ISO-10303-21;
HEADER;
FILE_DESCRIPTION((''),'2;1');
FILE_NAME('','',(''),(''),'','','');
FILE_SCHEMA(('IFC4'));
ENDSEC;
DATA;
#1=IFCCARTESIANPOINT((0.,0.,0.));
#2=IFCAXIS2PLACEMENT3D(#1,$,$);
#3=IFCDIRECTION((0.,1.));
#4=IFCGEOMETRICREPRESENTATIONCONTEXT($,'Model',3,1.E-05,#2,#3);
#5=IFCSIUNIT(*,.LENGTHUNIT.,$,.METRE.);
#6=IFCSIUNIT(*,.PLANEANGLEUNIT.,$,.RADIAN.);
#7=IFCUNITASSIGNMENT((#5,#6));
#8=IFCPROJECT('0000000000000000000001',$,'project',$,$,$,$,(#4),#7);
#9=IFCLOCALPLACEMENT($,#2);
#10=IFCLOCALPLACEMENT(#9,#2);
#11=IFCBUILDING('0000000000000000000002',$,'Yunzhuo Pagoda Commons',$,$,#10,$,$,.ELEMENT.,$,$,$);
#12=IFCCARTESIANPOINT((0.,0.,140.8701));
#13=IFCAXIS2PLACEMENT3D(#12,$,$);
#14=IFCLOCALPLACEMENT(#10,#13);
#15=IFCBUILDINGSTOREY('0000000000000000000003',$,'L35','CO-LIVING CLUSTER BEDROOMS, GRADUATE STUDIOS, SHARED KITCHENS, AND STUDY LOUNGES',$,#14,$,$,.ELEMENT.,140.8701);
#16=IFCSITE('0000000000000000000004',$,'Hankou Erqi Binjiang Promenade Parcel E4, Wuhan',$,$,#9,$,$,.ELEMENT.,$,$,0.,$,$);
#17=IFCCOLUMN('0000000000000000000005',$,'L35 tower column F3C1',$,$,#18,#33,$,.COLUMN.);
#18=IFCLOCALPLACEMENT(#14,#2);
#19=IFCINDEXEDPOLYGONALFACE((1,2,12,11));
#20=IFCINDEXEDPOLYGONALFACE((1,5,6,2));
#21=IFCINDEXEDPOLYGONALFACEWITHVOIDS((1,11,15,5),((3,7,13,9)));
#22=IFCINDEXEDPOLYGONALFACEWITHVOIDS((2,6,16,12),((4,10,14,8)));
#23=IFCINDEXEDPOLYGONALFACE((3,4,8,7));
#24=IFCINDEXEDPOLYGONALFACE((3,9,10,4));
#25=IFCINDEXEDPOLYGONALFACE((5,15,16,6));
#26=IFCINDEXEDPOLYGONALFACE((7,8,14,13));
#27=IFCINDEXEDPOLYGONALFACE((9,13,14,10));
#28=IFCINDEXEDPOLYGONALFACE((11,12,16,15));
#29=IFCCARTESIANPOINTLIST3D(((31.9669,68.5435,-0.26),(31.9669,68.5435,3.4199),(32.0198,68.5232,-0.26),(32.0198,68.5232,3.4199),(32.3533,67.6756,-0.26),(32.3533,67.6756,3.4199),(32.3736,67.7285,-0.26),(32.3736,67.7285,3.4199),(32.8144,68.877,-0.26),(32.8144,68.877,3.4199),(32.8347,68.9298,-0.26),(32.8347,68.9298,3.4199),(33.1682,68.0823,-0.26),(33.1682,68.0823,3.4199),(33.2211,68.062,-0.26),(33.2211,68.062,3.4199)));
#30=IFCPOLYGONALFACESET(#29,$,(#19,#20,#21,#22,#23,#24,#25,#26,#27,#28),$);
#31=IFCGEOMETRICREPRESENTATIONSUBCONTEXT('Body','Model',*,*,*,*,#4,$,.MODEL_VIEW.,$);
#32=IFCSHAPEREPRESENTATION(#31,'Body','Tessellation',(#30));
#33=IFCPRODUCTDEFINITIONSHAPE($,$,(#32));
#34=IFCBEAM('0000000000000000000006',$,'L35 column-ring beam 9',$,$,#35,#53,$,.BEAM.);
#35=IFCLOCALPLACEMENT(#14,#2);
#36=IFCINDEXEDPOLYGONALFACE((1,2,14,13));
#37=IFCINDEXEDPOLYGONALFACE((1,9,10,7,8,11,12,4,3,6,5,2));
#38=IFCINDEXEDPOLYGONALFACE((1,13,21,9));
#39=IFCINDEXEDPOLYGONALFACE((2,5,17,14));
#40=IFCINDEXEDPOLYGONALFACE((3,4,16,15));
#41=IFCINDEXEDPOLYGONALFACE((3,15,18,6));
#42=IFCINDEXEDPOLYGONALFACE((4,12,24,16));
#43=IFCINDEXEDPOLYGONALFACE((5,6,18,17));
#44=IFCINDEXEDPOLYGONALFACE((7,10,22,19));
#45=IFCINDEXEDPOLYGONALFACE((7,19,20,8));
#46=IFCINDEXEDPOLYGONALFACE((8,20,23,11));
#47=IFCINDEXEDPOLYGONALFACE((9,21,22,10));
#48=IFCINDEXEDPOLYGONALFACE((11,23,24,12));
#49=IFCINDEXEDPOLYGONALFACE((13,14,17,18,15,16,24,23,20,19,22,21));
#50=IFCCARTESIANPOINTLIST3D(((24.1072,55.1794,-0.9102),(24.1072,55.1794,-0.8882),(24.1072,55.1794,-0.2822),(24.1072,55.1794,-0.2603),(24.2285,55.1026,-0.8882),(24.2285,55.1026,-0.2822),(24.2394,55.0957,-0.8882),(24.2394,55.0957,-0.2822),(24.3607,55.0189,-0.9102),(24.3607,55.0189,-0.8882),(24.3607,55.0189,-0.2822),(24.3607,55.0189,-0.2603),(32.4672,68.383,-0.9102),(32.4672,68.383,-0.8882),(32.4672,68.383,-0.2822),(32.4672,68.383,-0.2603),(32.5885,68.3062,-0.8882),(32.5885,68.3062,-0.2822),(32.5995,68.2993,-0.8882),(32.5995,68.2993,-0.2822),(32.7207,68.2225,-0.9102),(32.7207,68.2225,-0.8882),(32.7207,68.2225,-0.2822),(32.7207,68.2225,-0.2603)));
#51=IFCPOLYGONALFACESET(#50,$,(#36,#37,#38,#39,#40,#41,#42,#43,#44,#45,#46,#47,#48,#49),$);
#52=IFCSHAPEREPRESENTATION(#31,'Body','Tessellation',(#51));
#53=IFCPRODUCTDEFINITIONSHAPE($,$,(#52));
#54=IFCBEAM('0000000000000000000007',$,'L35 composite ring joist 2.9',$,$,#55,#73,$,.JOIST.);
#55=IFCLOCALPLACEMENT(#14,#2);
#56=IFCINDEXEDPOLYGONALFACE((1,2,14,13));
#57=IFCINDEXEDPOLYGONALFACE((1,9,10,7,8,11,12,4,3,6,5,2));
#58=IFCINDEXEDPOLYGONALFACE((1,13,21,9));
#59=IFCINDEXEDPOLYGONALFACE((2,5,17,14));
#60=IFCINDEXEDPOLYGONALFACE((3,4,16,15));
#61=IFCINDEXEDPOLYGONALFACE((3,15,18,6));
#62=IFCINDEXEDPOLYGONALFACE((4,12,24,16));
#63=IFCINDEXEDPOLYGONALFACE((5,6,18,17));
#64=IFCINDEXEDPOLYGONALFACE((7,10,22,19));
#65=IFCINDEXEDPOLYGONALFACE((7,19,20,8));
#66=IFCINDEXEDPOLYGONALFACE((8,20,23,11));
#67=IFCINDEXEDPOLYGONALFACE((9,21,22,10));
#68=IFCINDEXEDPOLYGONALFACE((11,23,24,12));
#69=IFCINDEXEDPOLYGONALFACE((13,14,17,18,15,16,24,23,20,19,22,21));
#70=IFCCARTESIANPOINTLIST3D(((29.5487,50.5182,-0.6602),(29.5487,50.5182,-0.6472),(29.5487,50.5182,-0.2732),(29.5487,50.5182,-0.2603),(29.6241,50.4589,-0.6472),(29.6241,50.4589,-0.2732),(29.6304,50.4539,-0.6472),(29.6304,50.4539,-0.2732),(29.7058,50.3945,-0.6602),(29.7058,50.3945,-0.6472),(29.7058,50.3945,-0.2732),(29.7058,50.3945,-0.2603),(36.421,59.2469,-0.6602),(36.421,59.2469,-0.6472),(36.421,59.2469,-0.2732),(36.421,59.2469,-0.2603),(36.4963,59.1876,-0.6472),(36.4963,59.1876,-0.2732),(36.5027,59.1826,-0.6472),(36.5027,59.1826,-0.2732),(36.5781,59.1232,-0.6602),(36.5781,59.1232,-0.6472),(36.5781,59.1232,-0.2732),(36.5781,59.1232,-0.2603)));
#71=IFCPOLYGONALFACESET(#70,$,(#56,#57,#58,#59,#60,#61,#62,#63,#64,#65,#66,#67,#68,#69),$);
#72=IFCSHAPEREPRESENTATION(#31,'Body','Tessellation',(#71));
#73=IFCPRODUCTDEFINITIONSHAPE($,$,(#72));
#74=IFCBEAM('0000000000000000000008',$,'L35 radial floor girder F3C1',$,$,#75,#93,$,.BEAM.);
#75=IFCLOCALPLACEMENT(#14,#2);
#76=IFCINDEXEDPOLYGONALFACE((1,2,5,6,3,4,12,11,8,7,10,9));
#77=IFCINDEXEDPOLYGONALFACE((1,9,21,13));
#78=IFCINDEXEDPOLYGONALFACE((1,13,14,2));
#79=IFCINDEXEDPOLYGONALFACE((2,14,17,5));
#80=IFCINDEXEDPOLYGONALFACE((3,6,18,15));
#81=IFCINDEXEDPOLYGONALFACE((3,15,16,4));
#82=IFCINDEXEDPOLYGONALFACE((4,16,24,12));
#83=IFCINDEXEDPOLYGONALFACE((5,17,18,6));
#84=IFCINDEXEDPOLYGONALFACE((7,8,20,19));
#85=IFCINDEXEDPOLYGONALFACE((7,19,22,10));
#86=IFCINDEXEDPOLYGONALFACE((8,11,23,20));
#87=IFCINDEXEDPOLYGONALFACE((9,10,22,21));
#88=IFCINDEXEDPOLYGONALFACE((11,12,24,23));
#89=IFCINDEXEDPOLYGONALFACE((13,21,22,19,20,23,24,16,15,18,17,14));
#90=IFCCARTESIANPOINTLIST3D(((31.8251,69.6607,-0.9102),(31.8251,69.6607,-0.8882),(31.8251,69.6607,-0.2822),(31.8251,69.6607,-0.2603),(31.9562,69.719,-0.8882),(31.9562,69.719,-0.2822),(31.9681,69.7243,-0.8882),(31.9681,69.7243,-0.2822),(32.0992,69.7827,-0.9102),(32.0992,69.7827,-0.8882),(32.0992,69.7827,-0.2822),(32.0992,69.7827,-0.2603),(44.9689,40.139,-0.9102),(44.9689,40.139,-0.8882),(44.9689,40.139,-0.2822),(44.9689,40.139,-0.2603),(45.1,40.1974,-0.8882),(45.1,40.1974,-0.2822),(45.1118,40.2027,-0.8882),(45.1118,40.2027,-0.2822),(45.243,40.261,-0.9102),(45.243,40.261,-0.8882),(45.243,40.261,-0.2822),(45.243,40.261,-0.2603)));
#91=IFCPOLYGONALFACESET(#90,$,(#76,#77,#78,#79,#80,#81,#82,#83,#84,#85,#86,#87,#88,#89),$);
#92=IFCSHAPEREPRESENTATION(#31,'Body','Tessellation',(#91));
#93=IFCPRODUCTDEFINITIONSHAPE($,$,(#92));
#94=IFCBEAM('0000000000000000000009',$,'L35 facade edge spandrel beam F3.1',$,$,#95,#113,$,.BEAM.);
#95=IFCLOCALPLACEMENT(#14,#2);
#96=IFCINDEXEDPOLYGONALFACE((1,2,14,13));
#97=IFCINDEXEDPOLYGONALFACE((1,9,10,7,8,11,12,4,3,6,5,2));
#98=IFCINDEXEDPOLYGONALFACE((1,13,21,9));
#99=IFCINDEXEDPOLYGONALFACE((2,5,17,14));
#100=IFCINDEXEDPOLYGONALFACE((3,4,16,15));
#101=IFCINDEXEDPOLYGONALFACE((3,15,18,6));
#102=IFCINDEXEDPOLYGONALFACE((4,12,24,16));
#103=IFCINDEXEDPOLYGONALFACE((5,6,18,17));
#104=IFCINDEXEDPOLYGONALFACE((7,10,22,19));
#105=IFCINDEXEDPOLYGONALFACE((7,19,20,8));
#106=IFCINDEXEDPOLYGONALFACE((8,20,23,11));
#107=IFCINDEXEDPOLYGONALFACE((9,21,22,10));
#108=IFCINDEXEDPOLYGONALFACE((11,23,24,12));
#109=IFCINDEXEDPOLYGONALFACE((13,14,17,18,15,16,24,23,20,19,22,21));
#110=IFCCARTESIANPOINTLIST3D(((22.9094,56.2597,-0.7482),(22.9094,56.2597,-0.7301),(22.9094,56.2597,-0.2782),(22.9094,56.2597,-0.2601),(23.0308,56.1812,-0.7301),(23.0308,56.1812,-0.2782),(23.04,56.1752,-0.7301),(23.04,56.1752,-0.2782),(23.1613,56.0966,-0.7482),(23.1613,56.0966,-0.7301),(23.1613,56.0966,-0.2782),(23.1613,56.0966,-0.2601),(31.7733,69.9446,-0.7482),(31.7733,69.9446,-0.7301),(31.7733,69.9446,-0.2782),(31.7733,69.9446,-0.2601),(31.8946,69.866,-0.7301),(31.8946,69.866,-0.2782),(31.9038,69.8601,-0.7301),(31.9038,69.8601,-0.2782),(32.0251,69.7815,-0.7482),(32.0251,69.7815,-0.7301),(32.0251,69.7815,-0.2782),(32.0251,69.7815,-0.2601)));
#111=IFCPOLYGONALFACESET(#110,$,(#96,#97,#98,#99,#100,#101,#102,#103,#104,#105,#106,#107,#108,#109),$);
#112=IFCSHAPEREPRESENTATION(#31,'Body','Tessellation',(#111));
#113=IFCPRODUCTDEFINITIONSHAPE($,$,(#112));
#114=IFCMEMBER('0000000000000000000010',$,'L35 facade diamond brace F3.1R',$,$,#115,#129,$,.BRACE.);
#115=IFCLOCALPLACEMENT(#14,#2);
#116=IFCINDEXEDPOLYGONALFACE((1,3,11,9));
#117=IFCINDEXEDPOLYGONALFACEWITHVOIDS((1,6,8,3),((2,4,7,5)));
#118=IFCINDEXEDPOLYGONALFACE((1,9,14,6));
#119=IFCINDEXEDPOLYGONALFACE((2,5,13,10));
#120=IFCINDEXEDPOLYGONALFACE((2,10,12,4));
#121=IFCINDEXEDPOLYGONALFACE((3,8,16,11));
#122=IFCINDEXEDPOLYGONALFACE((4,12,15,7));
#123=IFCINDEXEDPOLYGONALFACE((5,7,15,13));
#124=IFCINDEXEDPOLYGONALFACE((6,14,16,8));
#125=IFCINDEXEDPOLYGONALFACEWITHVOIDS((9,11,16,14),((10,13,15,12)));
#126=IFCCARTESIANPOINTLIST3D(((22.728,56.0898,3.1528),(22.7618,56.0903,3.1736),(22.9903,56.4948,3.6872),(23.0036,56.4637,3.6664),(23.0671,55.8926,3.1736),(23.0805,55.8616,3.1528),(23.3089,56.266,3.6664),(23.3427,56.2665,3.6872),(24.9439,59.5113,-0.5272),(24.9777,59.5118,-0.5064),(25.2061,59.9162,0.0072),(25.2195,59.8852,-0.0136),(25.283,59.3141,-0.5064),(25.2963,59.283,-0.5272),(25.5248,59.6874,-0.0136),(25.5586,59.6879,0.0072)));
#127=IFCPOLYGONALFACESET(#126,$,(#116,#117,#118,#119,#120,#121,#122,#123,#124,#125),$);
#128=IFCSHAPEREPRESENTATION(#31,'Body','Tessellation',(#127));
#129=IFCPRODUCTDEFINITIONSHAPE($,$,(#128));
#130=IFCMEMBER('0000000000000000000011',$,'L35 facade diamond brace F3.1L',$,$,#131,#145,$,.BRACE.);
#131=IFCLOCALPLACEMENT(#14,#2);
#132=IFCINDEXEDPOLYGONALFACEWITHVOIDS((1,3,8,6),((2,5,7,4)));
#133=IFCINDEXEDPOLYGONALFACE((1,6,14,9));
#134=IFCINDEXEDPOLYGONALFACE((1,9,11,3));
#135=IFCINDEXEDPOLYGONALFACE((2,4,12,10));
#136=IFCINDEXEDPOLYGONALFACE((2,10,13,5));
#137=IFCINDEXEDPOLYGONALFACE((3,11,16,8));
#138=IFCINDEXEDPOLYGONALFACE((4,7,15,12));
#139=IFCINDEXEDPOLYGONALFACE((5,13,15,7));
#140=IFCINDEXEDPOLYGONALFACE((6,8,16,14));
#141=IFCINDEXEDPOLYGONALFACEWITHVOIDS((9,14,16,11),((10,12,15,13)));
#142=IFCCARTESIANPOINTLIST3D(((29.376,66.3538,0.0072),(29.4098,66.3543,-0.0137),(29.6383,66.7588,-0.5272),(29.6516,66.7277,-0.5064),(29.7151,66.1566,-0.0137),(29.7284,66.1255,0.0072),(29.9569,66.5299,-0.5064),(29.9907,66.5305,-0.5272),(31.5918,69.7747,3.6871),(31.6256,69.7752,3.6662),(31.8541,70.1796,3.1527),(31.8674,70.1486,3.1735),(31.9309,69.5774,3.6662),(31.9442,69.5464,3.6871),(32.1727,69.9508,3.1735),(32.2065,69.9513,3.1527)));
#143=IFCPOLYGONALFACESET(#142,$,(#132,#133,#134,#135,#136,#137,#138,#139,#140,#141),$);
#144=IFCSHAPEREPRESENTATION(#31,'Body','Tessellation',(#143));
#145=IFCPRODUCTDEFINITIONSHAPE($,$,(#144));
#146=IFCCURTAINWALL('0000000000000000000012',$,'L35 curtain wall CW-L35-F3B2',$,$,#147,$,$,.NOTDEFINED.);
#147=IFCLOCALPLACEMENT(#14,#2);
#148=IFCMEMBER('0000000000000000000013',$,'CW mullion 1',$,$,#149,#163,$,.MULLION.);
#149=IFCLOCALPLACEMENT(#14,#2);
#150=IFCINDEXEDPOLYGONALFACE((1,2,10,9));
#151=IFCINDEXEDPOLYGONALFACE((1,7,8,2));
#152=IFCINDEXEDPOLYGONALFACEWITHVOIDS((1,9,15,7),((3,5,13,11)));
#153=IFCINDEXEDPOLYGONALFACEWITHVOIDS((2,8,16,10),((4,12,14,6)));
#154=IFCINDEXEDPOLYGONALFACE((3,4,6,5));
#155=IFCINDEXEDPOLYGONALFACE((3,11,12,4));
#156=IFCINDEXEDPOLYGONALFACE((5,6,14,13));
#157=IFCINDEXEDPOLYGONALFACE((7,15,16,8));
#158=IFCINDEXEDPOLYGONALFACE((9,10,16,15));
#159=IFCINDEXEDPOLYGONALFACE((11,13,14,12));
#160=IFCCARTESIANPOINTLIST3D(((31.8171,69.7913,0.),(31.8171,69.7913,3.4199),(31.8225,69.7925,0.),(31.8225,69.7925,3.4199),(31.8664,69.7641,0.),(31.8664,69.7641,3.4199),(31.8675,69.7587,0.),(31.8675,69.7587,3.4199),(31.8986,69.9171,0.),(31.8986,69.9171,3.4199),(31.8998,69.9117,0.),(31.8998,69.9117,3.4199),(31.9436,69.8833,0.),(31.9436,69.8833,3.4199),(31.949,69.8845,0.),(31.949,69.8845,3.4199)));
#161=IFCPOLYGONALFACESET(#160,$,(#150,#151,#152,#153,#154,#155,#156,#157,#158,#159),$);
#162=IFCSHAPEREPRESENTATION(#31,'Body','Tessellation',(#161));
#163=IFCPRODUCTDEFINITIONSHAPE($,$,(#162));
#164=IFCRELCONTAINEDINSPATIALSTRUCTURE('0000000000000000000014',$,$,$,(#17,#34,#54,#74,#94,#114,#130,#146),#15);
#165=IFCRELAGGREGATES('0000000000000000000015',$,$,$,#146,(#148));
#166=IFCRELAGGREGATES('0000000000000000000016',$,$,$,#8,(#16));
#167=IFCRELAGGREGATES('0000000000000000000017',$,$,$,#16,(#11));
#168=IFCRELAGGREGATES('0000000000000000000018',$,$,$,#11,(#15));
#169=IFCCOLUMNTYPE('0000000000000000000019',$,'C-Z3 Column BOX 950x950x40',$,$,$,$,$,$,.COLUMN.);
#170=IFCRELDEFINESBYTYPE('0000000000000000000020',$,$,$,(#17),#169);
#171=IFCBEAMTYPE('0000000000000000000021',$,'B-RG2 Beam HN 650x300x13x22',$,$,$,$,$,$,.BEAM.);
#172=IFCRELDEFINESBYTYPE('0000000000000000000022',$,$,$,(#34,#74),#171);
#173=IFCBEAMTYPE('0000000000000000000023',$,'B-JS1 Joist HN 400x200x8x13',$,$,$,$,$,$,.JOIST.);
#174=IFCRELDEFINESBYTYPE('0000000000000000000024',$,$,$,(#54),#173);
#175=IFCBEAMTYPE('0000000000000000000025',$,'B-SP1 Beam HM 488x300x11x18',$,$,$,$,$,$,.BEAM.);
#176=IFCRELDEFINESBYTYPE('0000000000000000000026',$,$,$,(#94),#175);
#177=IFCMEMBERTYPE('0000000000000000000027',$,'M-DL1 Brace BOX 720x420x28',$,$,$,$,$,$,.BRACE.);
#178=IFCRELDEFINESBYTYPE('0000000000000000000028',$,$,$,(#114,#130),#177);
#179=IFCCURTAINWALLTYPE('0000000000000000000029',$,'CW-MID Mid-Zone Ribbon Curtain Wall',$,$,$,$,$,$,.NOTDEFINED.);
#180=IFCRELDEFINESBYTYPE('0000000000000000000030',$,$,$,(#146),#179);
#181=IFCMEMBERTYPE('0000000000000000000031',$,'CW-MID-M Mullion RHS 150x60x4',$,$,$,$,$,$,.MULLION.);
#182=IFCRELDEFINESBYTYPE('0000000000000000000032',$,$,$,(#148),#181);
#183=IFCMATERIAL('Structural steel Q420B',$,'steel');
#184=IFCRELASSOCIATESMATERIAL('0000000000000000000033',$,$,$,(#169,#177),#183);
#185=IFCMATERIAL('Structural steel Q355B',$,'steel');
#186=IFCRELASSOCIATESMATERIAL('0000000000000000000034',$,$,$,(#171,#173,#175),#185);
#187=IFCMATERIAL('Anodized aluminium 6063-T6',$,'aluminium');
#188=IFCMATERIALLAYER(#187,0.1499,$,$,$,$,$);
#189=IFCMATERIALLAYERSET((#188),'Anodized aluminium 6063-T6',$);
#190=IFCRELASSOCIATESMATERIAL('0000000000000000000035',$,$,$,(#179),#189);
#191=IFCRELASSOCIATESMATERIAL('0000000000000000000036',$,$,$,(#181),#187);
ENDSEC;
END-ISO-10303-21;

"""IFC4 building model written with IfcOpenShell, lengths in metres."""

from ifc_helpers import new_model, si_unit, direction, frame, origin, origin_2d, place, context, subcontext, project, spatial, hollow_rectangle, i_section, extrude, source, transform, mapped, material, layer, layer_set, material_profile, profile_set, type_object, element, aggregate, save


model = new_model("IFC4")

# Units and contexts
model_context = context("Model", 3, precision=1e-05, world=origin(), true_north=direction((0.0, 1.0)))
body_context = subcontext(model_context, "Body", "Model", "MODEL_VIEW")
ifc_project = project(units=[si_unit("LENGTHUNIT", "METRE"), si_unit("PLANEANGLEUNIT", "RADIAN")], contexts=[model_context])

# Site, building, storey
site_placement = place(None, origin())
site = spatial("IfcSite", under=ifc_project, at=site_placement, Name="Hankou Erqi Binjiang Promenade Parcel E4, Wuhan", CompositionType="ELEMENT", RefElevation=0.0)
building_placement = place(site_placement, origin())
building = spatial("IfcBuilding", under=site, at=building_placement, Name="Yunzhuo Pagoda Commons", CompositionType="ELEMENT")
storey_placement = place(building_placement, frame((0.0, 0.0, 140.8701)))
storey = spatial("IfcBuildingStorey", under=building, at=storey_placement, Name="L35", Description="CO-LIVING CLUSTER BEDROOMS, GRADUATE STUDIOS, SHARED KITCHENS, AND STUDY LOUNGES", CompositionType="ELEMENT", Elevation=140.8701)

# Column
ifc_material_1 = material(Name="Structural steel Q420B", Category="steel")
ifc_material_profile_1 = material_profile(ifc_material_1, hollow_rectangle(XDim=0.95, YDim=0.95, WallThickness=0.04, at=origin_2d()), Name="Structural steel Q420B")
ifc_profile_set_1 = profile_set([ifc_material_profile_1], Name="Structural steel Q420B")
column_type = type_object("IfcColumnType", Name="C-Z3 Column BOX 950x950x40", PredefinedType="COLUMN", material=ifc_profile_set_1)
shared_shape_1 = source(origin(), body_context, "Body", "SweptSolid", [
    extrude(hollow_rectangle(XDim=0.95, YDim=0.95, WallThickness=0.04, at=origin_2d()), origin(), (0.0, 0.0, 1.0), 3.6799),
])
column_placement = place(storey_placement, frame((32.594, 68.3027, -0.26), z_axis=(0.0, 0.0, 1.0), x_axis=(-0.913545, -0.406737, 0.0)))
element("IfcColumn", 1, at=column_placement, inside=storey, type_object=column_type, Name="L35 tower column F3C1", PredefinedType="COLUMN", context=body_context, shape_type="MappedRepresentation", body=[
    mapped(shared_shape_1, transform((0.0, 0.0, 0.0), scale=1.0)),
])

# Beams
ifc_material_2 = material(Name="Structural steel Q355B", Category="steel")
ifc_material_profile_2 = material_profile(ifc_material_2, i_section(OverallWidth=0.3, OverallDepth=0.6499, WebThickness=0.0129, FlangeThickness=0.022, at=origin_2d()), Name="Structural steel Q355B")
ifc_profile_set_2 = profile_set([ifc_material_profile_2], Name="Structural steel Q355B")
beam_type_1 = type_object("IfcBeamType", Name="B-RG2 Beam HN 650x300x13x22", PredefinedType="BEAM", material=ifc_profile_set_2)
shared_shape_2 = source(origin(), body_context, "Body", "SweptSolid", [
    extrude(i_section(OverallWidth=0.3, OverallDepth=0.6499, WebThickness=0.0129, FlangeThickness=0.022, at=origin_2d()), origin(), (0.0, 0.0, 1.0), 15.6277),
])
beam_1_placement = place(storey_placement, frame((32.594, 68.3027, -0.5852), z_axis=(-0.534952, -0.844882, 0.0), x_axis=(0.844882, -0.534952, 0.0)))
element("IfcBeam", 2, at=beam_1_placement, inside=storey, type_object=beam_type_1, Name="L35 column-ring beam 9", PredefinedType="BEAM", context=body_context, shape_type="MappedRepresentation", body=[
    mapped(shared_shape_2, transform((0.0, 0.0, 0.0), scale=1.0)),
])
ifc_material_profile_3 = material_profile(ifc_material_2, i_section(OverallWidth=0.2, OverallDepth=0.3999, WebThickness=0.0081, FlangeThickness=0.0129, at=origin_2d()), Name="Structural steel Q355B")
ifc_profile_set_3 = profile_set([ifc_material_profile_3], Name="Structural steel Q355B")
beam_type_2 = type_object("IfcBeamType", Name="B-JS1 Joist HN 400x200x8x13", PredefinedType="JOIST", material=ifc_profile_set_3)
shared_shape_3 = source(origin(), body_context, "Body", "SweptSolid", [
    extrude(i_section(OverallWidth=0.2, OverallDepth=0.3999, WebThickness=0.0081, FlangeThickness=0.0129, at=origin_2d()), origin(), (0.0, 0.0, 1.0), 11.1094),
])
beam_2_placement = place(storey_placement, frame((36.4995, 59.1851, -0.4602), z_axis=(-0.618601, -0.785706, 0.0), x_axis=(0.785706, -0.618601, 0.0)))
element("IfcBeam", 3, at=beam_2_placement, inside=storey, type_object=beam_type_2, Name="L35 composite ring joist 2.9", PredefinedType="JOIST", context=body_context, shape_type="MappedRepresentation", body=[
    mapped(shared_shape_3, transform((0.0, 0.0, 0.0), scale=1.0)),
])
shared_shape_4 = source(origin(), body_context, "Body", "SweptSolid", [
    extrude(i_section(OverallWidth=0.3, OverallDepth=0.6499, WebThickness=0.0129, FlangeThickness=0.022, at=origin_2d()), origin(), (0.0, 0.0, 1.0), 32.3154),
])
beam_3_placement = place(storey_placement, frame((31.9622, 69.7217, -0.5852), z_axis=(0.406734, -0.913547, 0.0), x_axis=(0.913547, 0.406734, 0.0)))
element("IfcBeam", 4, at=beam_3_placement, inside=storey, type_object=beam_type_1, Name="L35 radial floor girder F3C1", PredefinedType="BEAM", context=body_context, shape_type="MappedRepresentation", body=[
    mapped(shared_shape_4, transform((0.0, 0.0, 0.0), scale=1.0)),
])
ifc_material_profile_4 = material_profile(ifc_material_2, i_section(OverallWidth=0.3, OverallDepth=0.488, WebThickness=0.011, FlangeThickness=0.0181, at=origin_2d()), Name="Structural steel Q355B")
ifc_profile_set_4 = profile_set([ifc_material_profile_4], Name="Structural steel Q355B")
beam_type_3 = type_object("IfcBeamType", Name="B-SP1 Beam HM 488x300x11x18", PredefinedType="BEAM", material=ifc_profile_set_4)
shared_shape_5 = source(origin(), body_context, "Body", "SweptSolid", [
    extrude(i_section(OverallWidth=0.3, OverallDepth=0.488, WebThickness=0.011, FlangeThickness=0.0181, at=origin_2d()), origin(), (0.0, 0.0, 1.0), 16.3047),
])
beam_4_placement = place(storey_placement, frame((31.8992, 69.863, -0.5042), z_axis=(-0.543636, -0.839321, 0.0), x_axis=(0.839321, -0.543636, 0.0)))
element("IfcBeam", 5, at=beam_4_placement, inside=storey, type_object=beam_type_3, Name="L35 facade edge spandrel beam F3.1", PredefinedType="BEAM", context=body_context, shape_type="MappedRepresentation", body=[
    mapped(shared_shape_5, transform((0.0, 0.0, 0.0), scale=1.0)),
])

# Members
ifc_material_profile_5 = material_profile(ifc_material_1, hollow_rectangle(XDim=0.4199, YDim=0.72, WallThickness=0.0281, at=origin_2d()), Name="Structural steel Q420B")
ifc_profile_set_5 = profile_set([ifc_material_profile_5], Name="Structural steel Q420B")
member_type_1 = type_object("IfcMemberType", Name="M-DL1 Brace BOX 720x420x28", PredefinedType="BRACE", material=ifc_profile_set_5)
shared_shape_6 = source(origin(), body_context, "Body", "SweptSolid", [
    extrude(hollow_rectangle(XDim=0.4199, YDim=0.72, WallThickness=0.0281, at=origin_2d()), origin(), (0.0, 0.0, 1.0), 5.4917),
])
member_1_placement = place(storey_placement, frame((25.2512, 59.5996, -0.26), z_axis=(-0.403493, -0.623022, 0.670102), x_axis=(0.839348, -0.543594, 0.0)))
element("IfcMember", 6, at=member_1_placement, inside=storey, type_object=member_type_1, Name="L35 facade diamond brace F3.1R", PredefinedType="BRACE", context=body_context, shape_type="MappedRepresentation", body=[
    mapped(shared_shape_6, transform((0.0, 0.0, 0.0), scale=1.0)),
])
shared_shape_7 = source(origin(), body_context, "Body", "SweptSolid", [
    extrude(hollow_rectangle(XDim=0.4199, YDim=0.72, WallThickness=0.0281, at=origin_2d()), origin(), (0.0, 0.0, 1.0), 5.4912),
])
member_2_placement = place(storey_placement, frame((29.6833, 66.4421, -0.26), z_axis=(0.403515, 0.622968, 0.670139), x_axis=(-0.839313, 0.543649, 0.0)))
element("IfcMember", 7, at=member_2_placement, inside=storey, type_object=member_type_1, Name="L35 facade diamond brace F3.1L", PredefinedType="BRACE", context=body_context, shape_type="MappedRepresentation", body=[
    mapped(shared_shape_7, transform((0.0, 0.0, 0.0), scale=1.0)),
])

# Curtain wall, member
ifc_material_3 = material(Name="Anodized aluminium 6063-T6", Category="aluminium")
ifc_layer_1 = layer(ifc_material_3, 0.1499)
ifc_layer_set_1 = layer_set([ifc_layer_1], Name="Anodized aluminium 6063-T6")
curtain_wall_type = type_object("IfcCurtainWallType", Name="CW-MID Mid-Zone Ribbon Curtain Wall", PredefinedType="NOTDEFINED", material=ifc_layer_set_1)
curtain_wall_1_placement = place(storey_placement, origin())
curtain_wall_1 = element("IfcCurtainWall", 8, at=curtain_wall_1_placement, inside=storey, type_object=curtain_wall_type, Name="L35 curtain wall CW-L35-F3B2", PredefinedType="NOTDEFINED")
ifc_material_profile_6 = material_profile(ifc_material_3, hollow_rectangle(XDim=0.0601, YDim=0.1499, WallThickness=0.0039, at=origin_2d()), Name="Anodized aluminium 6063-T6")
ifc_profile_set_6 = profile_set([ifc_material_profile_6], Name="Anodized aluminium 6063-T6")
member_type_2 = type_object("IfcMemberType", Name="CW-MID-M Mullion RHS 150x60x4", PredefinedType="MULLION", material=ifc_profile_set_6)
shared_shape_8 = source(origin(), body_context, "Body", "SweptSolid", [
    extrude(hollow_rectangle(XDim=0.0601, YDim=0.1499, WallThickness=0.0039, at=origin_2d()), origin(), (0.0, 0.0, 1.0), 3.4199),
])
member_3_placement = place(storey_placement, frame((31.8831, 69.8379, 0.0), z_axis=(0.0, 0.0, 1.0), x_axis=(0.83932, -0.543637, 0.0)))
member_3 = element("IfcMember", 9, at=member_3_placement, type_object=member_type_2, Name="CW mullion 1", PredefinedType="MULLION", context=body_context, shape_type="MappedRepresentation", body=[
    mapped(shared_shape_8, transform((0.0, 0.0, 0.0), scale=1.0)),
])

aggregate(curtain_wall_1, [member_3])

save(model, "model.ifc")
